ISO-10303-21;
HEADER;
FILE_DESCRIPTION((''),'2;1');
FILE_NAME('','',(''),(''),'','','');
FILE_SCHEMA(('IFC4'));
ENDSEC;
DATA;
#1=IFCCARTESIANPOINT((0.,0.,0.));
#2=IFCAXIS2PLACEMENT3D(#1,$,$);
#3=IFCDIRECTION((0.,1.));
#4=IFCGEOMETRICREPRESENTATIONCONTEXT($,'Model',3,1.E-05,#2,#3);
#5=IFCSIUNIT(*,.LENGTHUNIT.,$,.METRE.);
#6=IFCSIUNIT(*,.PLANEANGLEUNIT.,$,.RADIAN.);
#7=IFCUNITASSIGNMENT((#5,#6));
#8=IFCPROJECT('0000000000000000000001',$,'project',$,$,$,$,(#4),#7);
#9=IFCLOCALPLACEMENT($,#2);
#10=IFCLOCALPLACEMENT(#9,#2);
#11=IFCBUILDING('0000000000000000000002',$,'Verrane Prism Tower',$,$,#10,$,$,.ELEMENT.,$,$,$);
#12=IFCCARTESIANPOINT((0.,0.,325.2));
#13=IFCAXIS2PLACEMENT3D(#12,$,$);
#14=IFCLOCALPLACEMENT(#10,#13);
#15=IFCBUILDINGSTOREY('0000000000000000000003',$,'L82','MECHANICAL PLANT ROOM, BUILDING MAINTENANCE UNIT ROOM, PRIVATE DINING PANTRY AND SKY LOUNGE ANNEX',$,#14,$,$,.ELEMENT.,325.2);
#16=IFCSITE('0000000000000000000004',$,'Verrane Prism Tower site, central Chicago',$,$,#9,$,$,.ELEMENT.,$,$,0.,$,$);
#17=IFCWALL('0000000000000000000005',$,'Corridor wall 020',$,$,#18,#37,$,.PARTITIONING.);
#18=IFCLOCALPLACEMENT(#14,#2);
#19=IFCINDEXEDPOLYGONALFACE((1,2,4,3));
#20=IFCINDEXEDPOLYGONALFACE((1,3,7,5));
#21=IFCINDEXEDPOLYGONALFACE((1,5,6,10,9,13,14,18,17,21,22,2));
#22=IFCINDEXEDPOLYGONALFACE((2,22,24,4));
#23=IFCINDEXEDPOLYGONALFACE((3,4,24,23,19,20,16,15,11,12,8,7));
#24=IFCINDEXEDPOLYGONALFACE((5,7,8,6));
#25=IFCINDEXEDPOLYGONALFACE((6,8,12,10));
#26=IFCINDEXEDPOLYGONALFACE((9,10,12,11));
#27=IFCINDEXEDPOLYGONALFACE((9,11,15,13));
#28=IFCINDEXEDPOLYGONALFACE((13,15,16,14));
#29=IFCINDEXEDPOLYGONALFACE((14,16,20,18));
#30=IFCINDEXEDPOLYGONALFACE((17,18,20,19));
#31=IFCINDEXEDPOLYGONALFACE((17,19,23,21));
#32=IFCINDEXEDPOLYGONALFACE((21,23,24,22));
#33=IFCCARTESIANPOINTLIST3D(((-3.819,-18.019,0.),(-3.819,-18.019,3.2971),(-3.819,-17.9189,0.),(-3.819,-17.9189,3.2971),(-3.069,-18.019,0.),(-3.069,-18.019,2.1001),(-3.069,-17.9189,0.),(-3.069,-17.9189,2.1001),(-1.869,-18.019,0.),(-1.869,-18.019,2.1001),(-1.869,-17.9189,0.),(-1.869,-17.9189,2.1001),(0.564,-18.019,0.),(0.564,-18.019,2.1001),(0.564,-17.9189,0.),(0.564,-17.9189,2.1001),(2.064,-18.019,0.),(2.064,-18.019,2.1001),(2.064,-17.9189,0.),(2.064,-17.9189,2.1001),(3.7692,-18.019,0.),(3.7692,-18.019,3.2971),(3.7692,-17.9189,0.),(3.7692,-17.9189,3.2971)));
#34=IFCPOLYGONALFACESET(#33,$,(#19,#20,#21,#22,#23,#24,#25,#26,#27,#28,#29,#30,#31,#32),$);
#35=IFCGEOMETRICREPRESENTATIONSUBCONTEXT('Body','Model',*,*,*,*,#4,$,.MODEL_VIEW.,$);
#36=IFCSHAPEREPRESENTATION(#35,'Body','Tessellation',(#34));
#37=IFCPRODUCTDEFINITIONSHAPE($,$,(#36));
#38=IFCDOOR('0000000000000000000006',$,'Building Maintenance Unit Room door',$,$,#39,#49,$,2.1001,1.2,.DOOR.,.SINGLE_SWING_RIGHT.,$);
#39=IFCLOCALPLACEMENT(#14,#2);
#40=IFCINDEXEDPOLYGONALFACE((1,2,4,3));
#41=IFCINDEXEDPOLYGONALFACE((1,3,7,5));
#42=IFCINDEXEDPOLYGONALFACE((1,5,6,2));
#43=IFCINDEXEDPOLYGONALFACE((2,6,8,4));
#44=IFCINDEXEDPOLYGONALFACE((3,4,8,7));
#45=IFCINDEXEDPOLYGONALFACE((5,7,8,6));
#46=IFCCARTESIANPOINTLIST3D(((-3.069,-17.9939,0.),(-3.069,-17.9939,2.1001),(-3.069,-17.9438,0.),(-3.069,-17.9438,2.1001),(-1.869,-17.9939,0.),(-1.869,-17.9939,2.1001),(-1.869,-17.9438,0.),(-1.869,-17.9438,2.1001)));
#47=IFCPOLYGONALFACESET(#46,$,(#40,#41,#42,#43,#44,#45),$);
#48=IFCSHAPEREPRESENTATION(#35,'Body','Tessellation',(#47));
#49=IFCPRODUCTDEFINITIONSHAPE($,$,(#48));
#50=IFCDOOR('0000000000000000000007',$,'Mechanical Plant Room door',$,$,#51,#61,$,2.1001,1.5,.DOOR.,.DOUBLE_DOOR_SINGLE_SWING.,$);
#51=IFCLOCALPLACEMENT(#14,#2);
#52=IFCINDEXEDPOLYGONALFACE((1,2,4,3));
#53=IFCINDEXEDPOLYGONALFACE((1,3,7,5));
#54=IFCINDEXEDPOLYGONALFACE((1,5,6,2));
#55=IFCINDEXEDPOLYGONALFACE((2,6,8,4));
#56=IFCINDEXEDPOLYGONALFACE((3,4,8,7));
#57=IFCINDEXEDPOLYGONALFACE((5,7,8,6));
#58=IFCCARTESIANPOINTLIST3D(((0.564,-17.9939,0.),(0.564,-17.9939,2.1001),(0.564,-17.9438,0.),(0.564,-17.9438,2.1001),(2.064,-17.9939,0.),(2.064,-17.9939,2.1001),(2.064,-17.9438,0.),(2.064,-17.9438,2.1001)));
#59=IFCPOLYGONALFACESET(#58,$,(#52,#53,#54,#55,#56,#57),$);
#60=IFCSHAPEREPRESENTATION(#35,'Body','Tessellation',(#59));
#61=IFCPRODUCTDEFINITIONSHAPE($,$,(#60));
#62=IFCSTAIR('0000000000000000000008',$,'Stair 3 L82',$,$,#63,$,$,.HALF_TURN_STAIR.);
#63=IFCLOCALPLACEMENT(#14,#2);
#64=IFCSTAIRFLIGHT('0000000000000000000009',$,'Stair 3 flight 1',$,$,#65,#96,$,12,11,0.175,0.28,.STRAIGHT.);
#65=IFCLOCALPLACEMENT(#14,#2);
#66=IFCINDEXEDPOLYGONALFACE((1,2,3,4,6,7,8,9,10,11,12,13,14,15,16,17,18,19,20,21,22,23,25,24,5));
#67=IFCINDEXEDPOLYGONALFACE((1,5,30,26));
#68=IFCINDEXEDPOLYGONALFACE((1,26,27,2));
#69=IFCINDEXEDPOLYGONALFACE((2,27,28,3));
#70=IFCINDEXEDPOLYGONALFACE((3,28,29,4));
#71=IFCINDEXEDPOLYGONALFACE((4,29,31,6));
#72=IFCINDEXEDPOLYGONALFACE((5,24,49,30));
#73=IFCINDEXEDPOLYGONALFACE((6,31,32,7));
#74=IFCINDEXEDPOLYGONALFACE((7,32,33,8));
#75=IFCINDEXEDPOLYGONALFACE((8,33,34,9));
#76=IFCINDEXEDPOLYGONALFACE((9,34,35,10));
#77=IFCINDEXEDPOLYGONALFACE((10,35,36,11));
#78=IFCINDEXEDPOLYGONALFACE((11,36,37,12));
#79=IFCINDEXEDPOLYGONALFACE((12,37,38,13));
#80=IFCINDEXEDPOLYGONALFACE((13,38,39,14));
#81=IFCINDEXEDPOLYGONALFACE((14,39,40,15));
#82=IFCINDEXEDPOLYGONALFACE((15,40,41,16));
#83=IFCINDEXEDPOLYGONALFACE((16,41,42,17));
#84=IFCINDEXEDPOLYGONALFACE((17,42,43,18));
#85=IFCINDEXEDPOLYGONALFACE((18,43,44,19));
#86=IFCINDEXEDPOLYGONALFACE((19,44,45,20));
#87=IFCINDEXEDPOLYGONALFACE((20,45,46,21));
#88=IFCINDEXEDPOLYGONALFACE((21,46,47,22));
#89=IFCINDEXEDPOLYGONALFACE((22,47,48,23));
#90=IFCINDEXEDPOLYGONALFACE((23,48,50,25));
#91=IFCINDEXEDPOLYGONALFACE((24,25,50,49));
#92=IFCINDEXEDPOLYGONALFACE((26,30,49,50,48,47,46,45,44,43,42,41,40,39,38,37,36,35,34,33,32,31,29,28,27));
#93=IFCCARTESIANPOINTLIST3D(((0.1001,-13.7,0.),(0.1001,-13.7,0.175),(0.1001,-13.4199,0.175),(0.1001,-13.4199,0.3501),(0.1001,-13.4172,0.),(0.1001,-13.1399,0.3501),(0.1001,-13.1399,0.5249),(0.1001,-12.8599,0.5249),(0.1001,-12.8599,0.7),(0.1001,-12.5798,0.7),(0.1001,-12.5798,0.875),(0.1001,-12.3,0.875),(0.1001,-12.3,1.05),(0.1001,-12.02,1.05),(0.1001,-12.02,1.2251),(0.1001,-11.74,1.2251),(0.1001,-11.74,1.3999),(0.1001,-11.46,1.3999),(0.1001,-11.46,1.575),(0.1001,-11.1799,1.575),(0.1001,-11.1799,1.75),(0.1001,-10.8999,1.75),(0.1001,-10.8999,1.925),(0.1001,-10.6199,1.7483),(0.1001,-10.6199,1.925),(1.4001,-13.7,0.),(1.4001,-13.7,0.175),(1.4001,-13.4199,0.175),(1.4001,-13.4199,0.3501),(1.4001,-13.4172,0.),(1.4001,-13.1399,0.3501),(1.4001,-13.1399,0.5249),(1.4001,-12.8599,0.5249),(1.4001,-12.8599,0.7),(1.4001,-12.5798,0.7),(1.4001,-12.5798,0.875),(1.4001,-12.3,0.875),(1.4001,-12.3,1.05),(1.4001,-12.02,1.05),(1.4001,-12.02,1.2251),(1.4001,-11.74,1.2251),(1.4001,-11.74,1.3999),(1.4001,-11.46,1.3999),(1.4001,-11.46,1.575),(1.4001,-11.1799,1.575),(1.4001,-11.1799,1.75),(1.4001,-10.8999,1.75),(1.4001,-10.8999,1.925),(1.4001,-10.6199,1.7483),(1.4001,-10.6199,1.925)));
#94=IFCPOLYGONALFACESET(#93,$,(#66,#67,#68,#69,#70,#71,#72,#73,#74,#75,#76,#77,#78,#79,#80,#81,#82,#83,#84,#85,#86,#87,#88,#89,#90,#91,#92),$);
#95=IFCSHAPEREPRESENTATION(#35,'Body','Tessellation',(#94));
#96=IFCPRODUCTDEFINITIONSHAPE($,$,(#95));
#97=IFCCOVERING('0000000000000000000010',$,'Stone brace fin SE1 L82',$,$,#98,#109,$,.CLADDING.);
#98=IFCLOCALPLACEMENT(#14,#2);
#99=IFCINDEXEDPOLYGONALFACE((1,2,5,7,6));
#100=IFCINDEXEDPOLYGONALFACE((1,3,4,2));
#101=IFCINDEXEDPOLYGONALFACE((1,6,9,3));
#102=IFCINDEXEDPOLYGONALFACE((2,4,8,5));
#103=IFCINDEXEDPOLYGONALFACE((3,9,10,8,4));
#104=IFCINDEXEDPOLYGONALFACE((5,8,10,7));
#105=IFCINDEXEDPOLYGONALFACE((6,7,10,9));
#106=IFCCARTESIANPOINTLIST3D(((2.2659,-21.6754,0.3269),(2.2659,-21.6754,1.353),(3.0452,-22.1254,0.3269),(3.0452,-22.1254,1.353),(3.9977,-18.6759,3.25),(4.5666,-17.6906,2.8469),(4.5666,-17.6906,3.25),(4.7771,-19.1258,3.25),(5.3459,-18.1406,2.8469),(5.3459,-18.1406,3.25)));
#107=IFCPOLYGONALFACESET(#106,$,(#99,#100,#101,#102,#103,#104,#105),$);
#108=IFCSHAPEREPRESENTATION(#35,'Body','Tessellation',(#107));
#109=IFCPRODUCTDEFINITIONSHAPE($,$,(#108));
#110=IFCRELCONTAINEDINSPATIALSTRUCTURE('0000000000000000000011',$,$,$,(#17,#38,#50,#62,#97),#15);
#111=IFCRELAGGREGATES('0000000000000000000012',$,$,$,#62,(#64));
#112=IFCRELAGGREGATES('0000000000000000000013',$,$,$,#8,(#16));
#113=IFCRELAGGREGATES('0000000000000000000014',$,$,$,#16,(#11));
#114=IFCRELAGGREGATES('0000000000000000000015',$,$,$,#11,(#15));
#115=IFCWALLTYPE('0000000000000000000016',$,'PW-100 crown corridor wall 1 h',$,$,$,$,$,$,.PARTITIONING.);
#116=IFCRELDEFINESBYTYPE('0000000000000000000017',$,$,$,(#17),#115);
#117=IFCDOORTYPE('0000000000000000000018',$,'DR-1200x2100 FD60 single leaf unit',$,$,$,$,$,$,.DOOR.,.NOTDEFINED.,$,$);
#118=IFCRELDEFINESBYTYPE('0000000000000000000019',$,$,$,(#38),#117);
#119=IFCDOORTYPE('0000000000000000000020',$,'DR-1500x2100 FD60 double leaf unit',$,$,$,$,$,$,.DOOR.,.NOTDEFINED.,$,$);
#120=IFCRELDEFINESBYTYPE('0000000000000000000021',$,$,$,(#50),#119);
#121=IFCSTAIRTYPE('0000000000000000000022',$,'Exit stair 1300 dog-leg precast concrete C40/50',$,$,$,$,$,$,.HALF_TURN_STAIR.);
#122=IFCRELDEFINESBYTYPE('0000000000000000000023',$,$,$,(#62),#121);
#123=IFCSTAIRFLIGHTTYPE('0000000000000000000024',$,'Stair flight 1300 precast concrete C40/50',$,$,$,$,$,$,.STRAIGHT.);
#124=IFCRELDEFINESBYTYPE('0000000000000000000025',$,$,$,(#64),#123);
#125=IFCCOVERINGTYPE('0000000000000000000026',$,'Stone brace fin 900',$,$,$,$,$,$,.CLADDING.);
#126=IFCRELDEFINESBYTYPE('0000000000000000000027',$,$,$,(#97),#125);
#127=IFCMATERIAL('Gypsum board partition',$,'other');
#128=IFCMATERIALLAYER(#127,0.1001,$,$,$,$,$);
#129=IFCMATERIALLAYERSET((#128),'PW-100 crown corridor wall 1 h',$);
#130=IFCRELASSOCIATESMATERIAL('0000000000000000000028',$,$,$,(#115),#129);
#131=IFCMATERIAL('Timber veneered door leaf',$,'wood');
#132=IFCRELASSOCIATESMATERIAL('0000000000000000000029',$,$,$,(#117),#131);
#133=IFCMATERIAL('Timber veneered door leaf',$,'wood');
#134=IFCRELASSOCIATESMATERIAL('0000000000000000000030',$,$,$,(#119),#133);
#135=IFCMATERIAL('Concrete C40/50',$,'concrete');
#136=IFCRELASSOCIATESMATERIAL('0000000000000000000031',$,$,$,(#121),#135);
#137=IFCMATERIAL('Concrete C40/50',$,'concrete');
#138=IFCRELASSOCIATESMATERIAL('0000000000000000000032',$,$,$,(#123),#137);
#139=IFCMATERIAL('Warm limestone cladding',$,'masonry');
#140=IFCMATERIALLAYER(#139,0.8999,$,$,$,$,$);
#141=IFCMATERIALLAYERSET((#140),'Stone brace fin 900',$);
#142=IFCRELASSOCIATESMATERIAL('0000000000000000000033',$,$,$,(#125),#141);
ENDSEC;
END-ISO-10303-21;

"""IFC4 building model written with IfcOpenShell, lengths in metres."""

from ifc_helpers import new_model, si_unit, direction, frame, frame_2d, origin, place, context, subcontext, project, spatial, polyline, rectangle, outline, extrude, material, layer, layer_set, type_object, element, fill, aggregate, save


model = new_model("IFC4")

# Units and contexts
model_context = context("Model", 3, precision=1e-05, world=origin(), true_north=direction((0.0, 1.0)))
body_context = subcontext(model_context, "Body", "Model", "MODEL_VIEW")
ifc_project = project(units=[si_unit("LENGTHUNIT", "METRE"), si_unit("PLANEANGLEUNIT", "RADIAN")], contexts=[model_context])

# Site, building, storey
site_placement = place(None, origin())
site = spatial("IfcSite", under=ifc_project, at=site_placement, Name="Verrane Prism Tower site, central Chicago", CompositionType="ELEMENT", RefElevation=0.0)
building_placement = place(site_placement, origin())
building = spatial("IfcBuilding", under=site, at=building_placement, Name="Verrane Prism Tower", CompositionType="ELEMENT")
storey_placement = place(building_placement, frame((0.0, 0.0, 325.2)))
storey = spatial("IfcBuildingStorey", under=building, at=storey_placement, Name="L82", Description="MECHANICAL PLANT ROOM, BUILDING MAINTENANCE UNIT ROOM, PRIVATE DINING PANTRY AND SKY LOUNGE ANNEX", CompositionType="ELEMENT", Elevation=325.2)

# Wall, openings, doors
ifc_material_1 = material(Name="Gypsum board partition", Category="other")
ifc_layer_1 = layer(ifc_material_1, 0.1001)
ifc_layer_set_1 = layer_set([ifc_layer_1], Name="PW-100 crown corridor wall 1 h")
wall_type = type_object("IfcWallType", Name="PW-100 crown corridor wall 1 h", PredefinedType="PARTITIONING", material=ifc_layer_set_1)
wall_placement = place(storey_placement, frame((3.769, -17.969, 0.0), z_axis=(0.0, 0.0, 1.0), x_axis=(-1.0, 0.0, 0.0)))
wall = element("IfcWall", 1, at=wall_placement, inside=storey, type_object=wall_type, Name="Corridor wall 020", PredefinedType="PARTITIONING", context=body_context, shape_type="SweptSolid", body=[
    extrude(rectangle(XDim=7.5881, YDim=0.1001, at=frame_2d((3.7939, 0.0))), origin(), (0.0, 0.0, 1.0), 3.2971),
])
opening_1_placement = place(wall_placement, frame((5.6379, 0.0, 0.0)))
opening_1 = element("IfcOpeningElement", 2, at=opening_1_placement, cuts=wall, PredefinedType="OPENING", context=body_context, shape_type="SweptSolid", body=[
    extrude(rectangle(XDim=1.2, YDim=2.1001, at=frame_2d((0.6001, 1.05))), frame((0.0, 0.0601, 0.0), z_axis=(0.0, -1.0, 0.0), x_axis=(1.0, 0.0, 0.0)), (0.0, 0.0, 1.0), 0.1201),
])
opening_2_placement = place(wall_placement, frame((1.7051, 0.0, 0.0)))
opening_2 = element("IfcOpeningElement", 3, at=opening_2_placement, cuts=wall, PredefinedType="OPENING", context=body_context, shape_type="SweptSolid", body=[
    extrude(rectangle(XDim=1.5, YDim=2.1001, at=frame_2d((0.75, 1.05))), frame((0.0, 0.0601, 0.0), z_axis=(0.0, -1.0, 0.0), x_axis=(1.0, 0.0, 0.0)), (0.0, 0.0, 1.0), 0.1201),
])
ifc_material_2 = material(Name="Timber veneered door leaf", Category="wood")
door_type_1 = type_object("IfcDoorType", Name="DR-1200x2100 FD60 single leaf unit", OperationType="NOTDEFINED", PredefinedType="DOOR", material=ifc_material_2)
door_1_placement = place(opening_1_placement, origin())
door_1 = element("IfcDoor", 4, at=door_1_placement, inside=storey, type_object=door_type_1, Name="Building Maintenance Unit Room door", OperationType="SINGLE_SWING_RIGHT", OverallHeight=2.1001, OverallWidth=1.2, PredefinedType="DOOR", context=body_context, shape_type="SweptSolid", body=[
    extrude(rectangle(XDim=1.2, YDim=2.1001, at=frame_2d((0.6001, 1.05))), frame((0.0, 0.0249, 0.0), z_axis=(0.0, -1.0, 0.0), x_axis=(1.0, 0.0, 0.0)), (0.0, 0.0, 1.0), 0.05),
])
fill(opening_1, door_1)
ifc_material_3 = material(Name="Timber veneered door leaf", Category="wood")
door_type_2 = type_object("IfcDoorType", Name="DR-1500x2100 FD60 double leaf unit", OperationType="NOTDEFINED", PredefinedType="DOOR", material=ifc_material_3)
door_2_placement = place(opening_2_placement, origin())
door_2 = element("IfcDoor", 5, at=door_2_placement, inside=storey, type_object=door_type_2, Name="Mechanical Plant Room door", OperationType="DOUBLE_DOOR_SINGLE_SWING", OverallHeight=2.1001, OverallWidth=1.5, PredefinedType="DOOR", context=body_context, shape_type="SweptSolid", body=[
    extrude(rectangle(XDim=1.5, YDim=2.1001, at=frame_2d((0.75, 1.05))), frame((0.0, 0.0249, 0.0), z_axis=(0.0, -1.0, 0.0), x_axis=(1.0, 0.0, 0.0)), (0.0, 0.0, 1.0), 0.05),
])
fill(opening_2, door_2)

# Stair, stair flight
ifc_material_4 = material(Name="Concrete C40/50", Category="concrete")
stair_type = type_object("IfcStairType", Name="Exit stair 1300 dog-leg precast concrete C40/50", PredefinedType="HALF_TURN_STAIR", material=ifc_material_4)
stair_placement = place(storey_placement, origin())
stair = element("IfcStair", 6, at=stair_placement, inside=storey, type_object=stair_type, Name="Stair 3 L82", PredefinedType="HALF_TURN_STAIR")
ifc_material_5 = material(Name="Concrete C40/50", Category="concrete")
stair_flight_type = type_object("IfcStairFlightType", Name="Stair flight 1300 precast concrete C40/50", PredefinedType="STRAIGHT", material=ifc_material_5)
stair_flight_placement = place(storey_placement, frame((0.75, -13.7, 0.0), z_axis=(0.0, 0.0, 1.0), x_axis=(0.0, 1.0, 0.0)))
stair_flight = element("IfcStairFlight", 7, at=stair_flight_placement, type_object=stair_flight_type, Name="Stair 3 flight 1", NumberOfRisers=12, NumberOfTreads=11, PredefinedType="STRAIGHT", RiserHeight=0.175, TreadLength=0.28, context=body_context, shape_type="SweptSolid", body=[
    extrude(outline(polyline([(0.0, 0.0), (0.0, 0.175), (0.28, 0.175), (0.28, 0.3501), (0.5601, 0.3501), (0.5601, 0.5249), (0.8401, 0.5249), (0.8401, 0.7), (1.1201, 0.7), (1.1201, 0.875), (1.3999, 0.875), (1.3999, 1.05), (1.6799, 1.05), (1.6799, 1.2251), (1.96, 1.2251), (1.96, 1.3999), (2.24, 1.3999), (2.24, 1.575), (2.52, 1.575), (2.52, 1.75), (2.8, 1.75), (2.8, 1.925), (3.0801, 1.925), (3.0801, 2.1001), (3.0801, 1.7483), (0.2827, 0.0), (0.0, 0.0)])), frame((0.0, 0.6499, 0.0), z_axis=(0.0, -1.0, 0.0), x_axis=(1.0, 0.0, 0.0)), (0.0, 0.0, 1.0), 1.3),
])
aggregate(stair, [stair_flight])

# Covering
ifc_material_6 = material(Name="Warm limestone cladding", Category="masonry")
ifc_layer_2 = layer(ifc_material_6, 0.8999)
ifc_layer_set_2 = layer_set([ifc_layer_2], Name="Stone brace fin 900")
covering_type = type_object("IfcCoveringType", Name="Stone brace fin 900", PredefinedType="CLADDING", material=ifc_layer_set_2)
covering_placement = place(storey_placement, frame((2.6555, -21.9004, 0.3269), z_axis=(0.0, 0.0, 1.0), x_axis=(0.500019, 0.866014, 0.0)))
element("IfcCovering", 8, at=covering_placement, inside=storey, type_object=covering_type, Name="Stone brace fin SE1 L82", PredefinedType="CLADDING", context=body_context, shape_type="SweptSolid", body=[
    extrude(outline(polyline([(4.6013, 2.9231), (3.4636, 2.9231), (0.0, 1.0261), (0.0, 0.0), (4.6013, 2.52), (4.6013, 2.9231)])), frame((0.0, 0.45, 0.0), z_axis=(0.0, -1.0, 0.0), x_axis=(1.0, 0.0, 0.0)), (0.0, 0.0, 1.0), 0.8999),
])

save(model, "model.ifc")
